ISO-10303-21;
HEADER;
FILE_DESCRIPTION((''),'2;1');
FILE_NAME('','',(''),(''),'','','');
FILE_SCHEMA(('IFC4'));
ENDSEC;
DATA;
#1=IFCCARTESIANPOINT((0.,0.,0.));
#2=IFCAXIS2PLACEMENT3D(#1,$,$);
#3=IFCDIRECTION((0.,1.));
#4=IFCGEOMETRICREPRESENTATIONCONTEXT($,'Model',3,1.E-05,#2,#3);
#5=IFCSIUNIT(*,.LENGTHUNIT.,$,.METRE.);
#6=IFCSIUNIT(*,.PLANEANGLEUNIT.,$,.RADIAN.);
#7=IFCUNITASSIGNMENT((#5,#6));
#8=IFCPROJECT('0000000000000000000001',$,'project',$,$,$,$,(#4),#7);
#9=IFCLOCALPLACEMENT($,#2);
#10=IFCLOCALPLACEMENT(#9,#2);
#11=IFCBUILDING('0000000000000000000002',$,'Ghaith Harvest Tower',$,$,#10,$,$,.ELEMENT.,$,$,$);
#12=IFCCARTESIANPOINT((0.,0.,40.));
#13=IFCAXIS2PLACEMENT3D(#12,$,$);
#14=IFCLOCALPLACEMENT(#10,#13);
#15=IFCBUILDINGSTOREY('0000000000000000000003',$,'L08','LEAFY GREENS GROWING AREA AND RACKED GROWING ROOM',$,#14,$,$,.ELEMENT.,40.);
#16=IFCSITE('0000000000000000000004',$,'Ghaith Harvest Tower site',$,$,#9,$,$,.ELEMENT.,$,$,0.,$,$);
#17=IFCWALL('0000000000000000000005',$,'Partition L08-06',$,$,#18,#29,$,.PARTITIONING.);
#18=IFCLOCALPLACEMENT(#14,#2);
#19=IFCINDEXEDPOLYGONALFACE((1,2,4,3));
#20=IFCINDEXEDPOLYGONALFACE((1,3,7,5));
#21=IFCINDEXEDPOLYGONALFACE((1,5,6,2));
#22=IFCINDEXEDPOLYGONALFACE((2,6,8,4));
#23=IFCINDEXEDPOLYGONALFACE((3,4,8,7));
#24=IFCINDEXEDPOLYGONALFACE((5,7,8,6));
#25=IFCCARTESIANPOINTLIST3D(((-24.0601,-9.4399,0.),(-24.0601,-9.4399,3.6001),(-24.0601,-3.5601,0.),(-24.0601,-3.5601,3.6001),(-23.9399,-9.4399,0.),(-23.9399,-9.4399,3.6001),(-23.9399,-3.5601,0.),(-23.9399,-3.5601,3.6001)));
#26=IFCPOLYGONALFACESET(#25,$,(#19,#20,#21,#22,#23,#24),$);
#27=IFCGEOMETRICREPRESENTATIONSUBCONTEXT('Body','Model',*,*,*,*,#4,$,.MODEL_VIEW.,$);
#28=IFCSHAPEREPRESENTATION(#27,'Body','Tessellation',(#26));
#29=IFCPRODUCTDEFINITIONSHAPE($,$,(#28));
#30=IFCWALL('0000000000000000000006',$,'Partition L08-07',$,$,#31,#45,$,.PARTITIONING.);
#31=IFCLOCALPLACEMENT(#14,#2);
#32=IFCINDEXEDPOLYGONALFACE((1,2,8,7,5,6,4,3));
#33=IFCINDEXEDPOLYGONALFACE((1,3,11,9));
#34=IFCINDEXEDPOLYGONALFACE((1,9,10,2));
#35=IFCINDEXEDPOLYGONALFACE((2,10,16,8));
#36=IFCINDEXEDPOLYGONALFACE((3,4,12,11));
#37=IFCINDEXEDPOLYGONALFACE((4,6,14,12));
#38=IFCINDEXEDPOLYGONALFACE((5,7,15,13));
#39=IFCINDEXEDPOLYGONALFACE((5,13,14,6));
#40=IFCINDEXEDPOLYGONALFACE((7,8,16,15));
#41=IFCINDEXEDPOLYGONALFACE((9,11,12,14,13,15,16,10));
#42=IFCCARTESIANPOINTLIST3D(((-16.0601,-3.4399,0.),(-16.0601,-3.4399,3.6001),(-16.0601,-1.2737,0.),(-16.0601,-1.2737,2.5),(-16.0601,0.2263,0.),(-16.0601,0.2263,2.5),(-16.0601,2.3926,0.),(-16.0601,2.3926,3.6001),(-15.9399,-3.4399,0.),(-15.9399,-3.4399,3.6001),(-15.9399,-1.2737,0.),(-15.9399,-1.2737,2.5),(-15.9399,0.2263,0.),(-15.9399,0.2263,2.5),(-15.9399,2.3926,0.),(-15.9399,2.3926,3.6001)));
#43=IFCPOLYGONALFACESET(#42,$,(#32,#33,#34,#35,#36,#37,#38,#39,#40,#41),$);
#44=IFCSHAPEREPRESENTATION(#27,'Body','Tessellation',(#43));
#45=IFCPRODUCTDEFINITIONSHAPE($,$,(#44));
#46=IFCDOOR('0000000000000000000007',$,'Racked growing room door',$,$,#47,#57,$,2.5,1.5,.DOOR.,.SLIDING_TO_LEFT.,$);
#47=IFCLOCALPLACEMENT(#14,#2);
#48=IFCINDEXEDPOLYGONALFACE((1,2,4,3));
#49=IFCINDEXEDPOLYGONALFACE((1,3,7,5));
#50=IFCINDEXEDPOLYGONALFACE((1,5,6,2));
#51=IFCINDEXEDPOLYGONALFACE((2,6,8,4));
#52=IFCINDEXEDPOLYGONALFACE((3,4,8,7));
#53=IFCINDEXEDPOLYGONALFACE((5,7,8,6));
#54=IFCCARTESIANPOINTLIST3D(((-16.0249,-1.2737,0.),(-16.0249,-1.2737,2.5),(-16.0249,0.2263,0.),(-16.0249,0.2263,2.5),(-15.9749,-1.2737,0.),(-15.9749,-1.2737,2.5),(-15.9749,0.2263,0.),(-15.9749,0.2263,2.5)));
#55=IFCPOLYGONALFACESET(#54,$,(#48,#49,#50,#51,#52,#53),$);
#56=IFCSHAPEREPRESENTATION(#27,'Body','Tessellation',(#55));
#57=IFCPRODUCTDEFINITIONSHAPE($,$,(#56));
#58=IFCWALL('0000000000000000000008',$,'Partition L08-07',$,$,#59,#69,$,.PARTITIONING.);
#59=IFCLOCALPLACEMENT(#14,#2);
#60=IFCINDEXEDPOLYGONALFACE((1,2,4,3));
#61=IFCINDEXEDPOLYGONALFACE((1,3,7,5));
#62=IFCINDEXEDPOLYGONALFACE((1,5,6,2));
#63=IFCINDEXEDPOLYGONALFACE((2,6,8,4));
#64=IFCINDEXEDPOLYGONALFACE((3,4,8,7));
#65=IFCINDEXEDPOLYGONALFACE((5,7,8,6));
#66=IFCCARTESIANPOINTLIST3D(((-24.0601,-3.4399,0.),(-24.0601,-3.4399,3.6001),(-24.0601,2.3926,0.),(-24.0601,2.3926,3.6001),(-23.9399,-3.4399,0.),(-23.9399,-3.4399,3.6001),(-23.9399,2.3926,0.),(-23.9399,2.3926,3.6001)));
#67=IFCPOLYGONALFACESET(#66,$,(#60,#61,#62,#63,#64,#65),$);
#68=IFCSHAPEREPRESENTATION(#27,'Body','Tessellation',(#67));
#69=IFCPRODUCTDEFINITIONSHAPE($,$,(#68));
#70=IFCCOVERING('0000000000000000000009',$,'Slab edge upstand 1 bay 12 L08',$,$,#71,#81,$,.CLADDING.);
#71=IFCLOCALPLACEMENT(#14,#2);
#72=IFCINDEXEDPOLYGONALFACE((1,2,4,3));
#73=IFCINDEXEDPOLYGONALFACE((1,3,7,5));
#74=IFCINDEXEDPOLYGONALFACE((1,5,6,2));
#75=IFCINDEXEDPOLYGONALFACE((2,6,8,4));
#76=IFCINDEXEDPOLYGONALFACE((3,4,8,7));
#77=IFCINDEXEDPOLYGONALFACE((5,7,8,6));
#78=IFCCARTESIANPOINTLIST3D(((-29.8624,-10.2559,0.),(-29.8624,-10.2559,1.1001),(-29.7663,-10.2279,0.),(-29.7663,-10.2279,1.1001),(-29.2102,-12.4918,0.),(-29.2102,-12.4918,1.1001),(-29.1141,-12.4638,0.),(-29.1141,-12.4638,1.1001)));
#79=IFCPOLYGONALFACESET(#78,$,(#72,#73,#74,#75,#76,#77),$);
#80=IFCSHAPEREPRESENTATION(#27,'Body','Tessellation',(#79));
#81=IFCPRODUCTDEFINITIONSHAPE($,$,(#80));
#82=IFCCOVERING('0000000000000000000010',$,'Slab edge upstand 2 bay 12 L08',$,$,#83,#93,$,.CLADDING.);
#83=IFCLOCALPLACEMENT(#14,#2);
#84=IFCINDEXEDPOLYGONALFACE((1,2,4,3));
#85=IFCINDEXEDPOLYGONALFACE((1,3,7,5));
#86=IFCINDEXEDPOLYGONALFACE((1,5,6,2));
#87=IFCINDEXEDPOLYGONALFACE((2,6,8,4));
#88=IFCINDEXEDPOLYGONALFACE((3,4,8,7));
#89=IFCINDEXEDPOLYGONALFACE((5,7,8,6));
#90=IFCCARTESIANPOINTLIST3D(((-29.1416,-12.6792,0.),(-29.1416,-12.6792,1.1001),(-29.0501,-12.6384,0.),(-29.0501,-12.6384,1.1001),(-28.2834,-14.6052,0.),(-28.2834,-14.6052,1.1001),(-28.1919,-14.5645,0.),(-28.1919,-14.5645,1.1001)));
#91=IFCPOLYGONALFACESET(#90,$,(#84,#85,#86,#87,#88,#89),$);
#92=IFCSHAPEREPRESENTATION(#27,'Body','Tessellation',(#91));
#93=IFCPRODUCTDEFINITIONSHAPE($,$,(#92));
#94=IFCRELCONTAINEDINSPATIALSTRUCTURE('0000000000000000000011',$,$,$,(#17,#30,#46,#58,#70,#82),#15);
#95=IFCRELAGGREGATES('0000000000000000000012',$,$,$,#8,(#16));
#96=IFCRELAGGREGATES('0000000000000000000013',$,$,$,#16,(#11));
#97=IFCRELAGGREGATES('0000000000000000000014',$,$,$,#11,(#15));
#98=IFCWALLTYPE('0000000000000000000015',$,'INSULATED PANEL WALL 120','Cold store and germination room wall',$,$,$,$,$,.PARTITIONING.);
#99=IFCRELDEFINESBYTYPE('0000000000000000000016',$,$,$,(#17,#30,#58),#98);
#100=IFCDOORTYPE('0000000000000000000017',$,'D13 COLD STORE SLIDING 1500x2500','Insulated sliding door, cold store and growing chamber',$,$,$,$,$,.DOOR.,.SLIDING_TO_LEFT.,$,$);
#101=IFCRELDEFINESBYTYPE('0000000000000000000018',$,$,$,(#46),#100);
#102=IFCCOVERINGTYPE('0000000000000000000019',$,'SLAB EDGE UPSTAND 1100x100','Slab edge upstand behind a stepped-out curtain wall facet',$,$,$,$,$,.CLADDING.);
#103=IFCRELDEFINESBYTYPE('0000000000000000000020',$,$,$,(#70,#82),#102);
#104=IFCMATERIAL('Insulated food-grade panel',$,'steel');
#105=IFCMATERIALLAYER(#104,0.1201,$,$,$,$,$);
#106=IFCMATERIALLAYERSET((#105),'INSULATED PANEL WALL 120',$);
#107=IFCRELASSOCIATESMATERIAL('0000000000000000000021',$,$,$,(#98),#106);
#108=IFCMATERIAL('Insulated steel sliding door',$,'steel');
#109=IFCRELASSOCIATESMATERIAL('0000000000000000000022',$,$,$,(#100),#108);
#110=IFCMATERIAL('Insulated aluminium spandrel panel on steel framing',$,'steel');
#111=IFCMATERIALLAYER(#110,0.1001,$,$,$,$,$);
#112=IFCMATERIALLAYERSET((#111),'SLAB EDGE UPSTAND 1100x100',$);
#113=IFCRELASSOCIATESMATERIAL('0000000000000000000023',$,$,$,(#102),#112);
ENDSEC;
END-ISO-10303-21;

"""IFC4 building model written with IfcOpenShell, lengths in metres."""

from ifc_helpers import new_model, si_unit, direction, frame, frame_2d, origin, origin_2d, place, context, subcontext, project, spatial, rectangle, extrude, material, layer, layer_set, type_object, element, fill, save


model = new_model("IFC4")

# Units and contexts
model_context = context("Model", 3, precision=1e-05, world=origin(), true_north=direction((0.0, 1.0)))
body_context = subcontext(model_context, "Body", "Model", "MODEL_VIEW")
ifc_project = project(units=[si_unit("LENGTHUNIT", "METRE"), si_unit("PLANEANGLEUNIT", "RADIAN")], contexts=[model_context])

# Site, building, storey
site_placement = place(None, origin())
site = spatial("IfcSite", under=ifc_project, at=site_placement, Name="Ghaith Harvest Tower site", CompositionType="ELEMENT", RefElevation=0.0)
building_placement = place(site_placement, origin())
building = spatial("IfcBuilding", under=site, at=building_placement, Name="Ghaith Harvest Tower", CompositionType="ELEMENT")
storey_placement = place(building_placement, frame((0.0, 0.0, 40.0)))
storey = spatial("IfcBuildingStorey", under=building, at=storey_placement, Name="L08", Description="LEAFY GREENS GROWING AREA AND RACKED GROWING ROOM", CompositionType="ELEMENT", Elevation=40.0)

# Shared definitions
ifc_material_1 = material(Name="Insulated food-grade panel", Category="steel")
ifc_layer_1 = layer(ifc_material_1, 0.1201)
ifc_layer_set_1 = layer_set([ifc_layer_1], Name="INSULATED PANEL WALL 120")
wall_type_1 = type_object("IfcWallType", Name="INSULATED PANEL WALL 120", Description="Cold store and germination room wall", PredefinedType="PARTITIONING", material=ifc_layer_set_1)

# Shared definitions
ifc_material_2 = material(Name="Insulated steel sliding door", Category="steel")
door_type_1 = type_object("IfcDoorType", Name="D13 COLD STORE SLIDING 1500x2500", Description="Insulated sliding door, cold store and growing chamber", OperationType="SLIDING_TO_LEFT", PredefinedType="DOOR", material=ifc_material_2)

# Wall
wall_1_placement = place(storey_placement, frame((-24.0, -9.4399, 0.0), z_axis=(0.0, 0.0, 1.0), x_axis=(0.0, 1.0, 0.0)))
element("IfcWall", 1, at=wall_1_placement, inside=storey, type_object=wall_type_1, Name="Partition L08-06", PredefinedType="PARTITIONING", context=body_context, shape_type="SweptSolid", body=[
    extrude(rectangle(XDim=5.8799, YDim=0.1201, at=frame_2d((2.9399, 0.0))), origin(), (0.0, 0.0, 1.0), 3.6001),
])

# Wall, opening, door
wall_2_placement = place(storey_placement, frame((-16.0, -3.4399, 0.0), z_axis=(0.0, 0.0, 1.0), x_axis=(0.0, 1.0, 0.0)))
wall_2 = element("IfcWall", 2, at=wall_2_placement, inside=storey, type_object=wall_type_1, Name="Partition L08-07", PredefinedType="PARTITIONING", context=body_context, shape_type="SweptSolid", body=[
    extrude(rectangle(XDim=5.8325, YDim=0.1201, at=frame_2d((2.9163, 0.0))), origin(), (0.0, 0.0, 1.0), 3.6001),
])
opening_1_placement = place(wall_2_placement, frame((2.1663, 0.0, 0.0)))
opening_1 = element("IfcOpeningElement", 3, at=opening_1_placement, cuts=wall_2, PredefinedType="OPENING", context=body_context, shape_type="SweptSolid", body=[
    extrude(rectangle(XDim=1.5, YDim=2.5, at=frame_2d((0.75, 1.25))), frame((0.0, 0.0701, 0.0), z_axis=(0.0, -1.0, 0.0), x_axis=(1.0, 0.0, 0.0)), (0.0, 0.0, 1.0), 0.1401),
])
door_1_placement = place(opening_1_placement, origin())
door_1 = element("IfcDoor", 4, at=door_1_placement, inside=storey, type_object=door_type_1, Name="Racked growing room door", OperationType="SLIDING_TO_LEFT", OverallHeight=2.5, OverallWidth=1.5, PredefinedType="DOOR", context=body_context, shape_type="SweptSolid", body=[
    extrude(rectangle(XDim=1.5, YDim=2.5, at=frame_2d((0.75, 1.25))), frame((0.0, 0.0249, 0.0), z_axis=(0.0, -1.0, 0.0), x_axis=(1.0, 0.0, 0.0)), (0.0, 0.0, 1.0), 0.05),
])
fill(opening_1, door_1)

# Wall
wall_3_placement = place(storey_placement, frame((-24.0, -3.4399, 0.0), z_axis=(0.0, 0.0, 1.0), x_axis=(0.0, 1.0, 0.0)))
element("IfcWall", 5, at=wall_3_placement, inside=storey, type_object=wall_type_1, Name="Partition L08-07", PredefinedType="PARTITIONING", context=body_context, shape_type="SweptSolid", body=[
    extrude(rectangle(XDim=5.8325, YDim=0.1201, at=frame_2d((2.9163, 0.0))), origin(), (0.0, 0.0, 1.0), 3.6001),
])

# Coverings
ifc_material_3 = material(Name="Insulated aluminium spandrel panel on steel framing", Category="steel")
ifc_layer_2 = layer(ifc_material_3, 0.1001)
ifc_layer_set_2 = layer_set([ifc_layer_2], Name="SLAB EDGE UPSTAND 1100x100")
covering_type = type_object("IfcCoveringType", Name="SLAB EDGE UPSTAND 1100x100", Description="Slab edge upstand behind a stepped-out curtain wall facet", PredefinedType="CLADDING", material=ifc_layer_set_2)
covering_1_placement = place(storey_placement, frame((-29.4883, -11.3599, 0.0), z_axis=(0.0, 0.0, 1.0), x_axis=(0.280032, -0.959991, 0.0)))
element("IfcCovering", 6, at=covering_1_placement, inside=storey, type_object=covering_type, Name="Slab edge upstand 1 bay 12 L08", PredefinedType="CLADDING", context=body_context, shape_type="SweptSolid", body=[
    extrude(rectangle(XDim=2.3291, YDim=0.1001, at=origin_2d()), origin(), (0.0, 0.0, 1.0), 1.1001),
])
covering_2_placement = place(storey_placement, frame((-28.6667, -13.6218, 0.0), z_axis=(0.0, 0.0, 1.0), x_axis=(0.407003, -0.913427, 0.0)))
element("IfcCovering", 7, at=covering_2_placement, inside=storey, type_object=covering_type, Name="Slab edge upstand 2 bay 12 L08", PredefinedType="CLADDING", context=body_context, shape_type="SweptSolid", body=[
    extrude(rectangle(XDim=2.1086, YDim=0.1001, at=origin_2d()), origin(), (0.0, 0.0, 1.0), 1.1001),
])

save(model, "model.ifc")
